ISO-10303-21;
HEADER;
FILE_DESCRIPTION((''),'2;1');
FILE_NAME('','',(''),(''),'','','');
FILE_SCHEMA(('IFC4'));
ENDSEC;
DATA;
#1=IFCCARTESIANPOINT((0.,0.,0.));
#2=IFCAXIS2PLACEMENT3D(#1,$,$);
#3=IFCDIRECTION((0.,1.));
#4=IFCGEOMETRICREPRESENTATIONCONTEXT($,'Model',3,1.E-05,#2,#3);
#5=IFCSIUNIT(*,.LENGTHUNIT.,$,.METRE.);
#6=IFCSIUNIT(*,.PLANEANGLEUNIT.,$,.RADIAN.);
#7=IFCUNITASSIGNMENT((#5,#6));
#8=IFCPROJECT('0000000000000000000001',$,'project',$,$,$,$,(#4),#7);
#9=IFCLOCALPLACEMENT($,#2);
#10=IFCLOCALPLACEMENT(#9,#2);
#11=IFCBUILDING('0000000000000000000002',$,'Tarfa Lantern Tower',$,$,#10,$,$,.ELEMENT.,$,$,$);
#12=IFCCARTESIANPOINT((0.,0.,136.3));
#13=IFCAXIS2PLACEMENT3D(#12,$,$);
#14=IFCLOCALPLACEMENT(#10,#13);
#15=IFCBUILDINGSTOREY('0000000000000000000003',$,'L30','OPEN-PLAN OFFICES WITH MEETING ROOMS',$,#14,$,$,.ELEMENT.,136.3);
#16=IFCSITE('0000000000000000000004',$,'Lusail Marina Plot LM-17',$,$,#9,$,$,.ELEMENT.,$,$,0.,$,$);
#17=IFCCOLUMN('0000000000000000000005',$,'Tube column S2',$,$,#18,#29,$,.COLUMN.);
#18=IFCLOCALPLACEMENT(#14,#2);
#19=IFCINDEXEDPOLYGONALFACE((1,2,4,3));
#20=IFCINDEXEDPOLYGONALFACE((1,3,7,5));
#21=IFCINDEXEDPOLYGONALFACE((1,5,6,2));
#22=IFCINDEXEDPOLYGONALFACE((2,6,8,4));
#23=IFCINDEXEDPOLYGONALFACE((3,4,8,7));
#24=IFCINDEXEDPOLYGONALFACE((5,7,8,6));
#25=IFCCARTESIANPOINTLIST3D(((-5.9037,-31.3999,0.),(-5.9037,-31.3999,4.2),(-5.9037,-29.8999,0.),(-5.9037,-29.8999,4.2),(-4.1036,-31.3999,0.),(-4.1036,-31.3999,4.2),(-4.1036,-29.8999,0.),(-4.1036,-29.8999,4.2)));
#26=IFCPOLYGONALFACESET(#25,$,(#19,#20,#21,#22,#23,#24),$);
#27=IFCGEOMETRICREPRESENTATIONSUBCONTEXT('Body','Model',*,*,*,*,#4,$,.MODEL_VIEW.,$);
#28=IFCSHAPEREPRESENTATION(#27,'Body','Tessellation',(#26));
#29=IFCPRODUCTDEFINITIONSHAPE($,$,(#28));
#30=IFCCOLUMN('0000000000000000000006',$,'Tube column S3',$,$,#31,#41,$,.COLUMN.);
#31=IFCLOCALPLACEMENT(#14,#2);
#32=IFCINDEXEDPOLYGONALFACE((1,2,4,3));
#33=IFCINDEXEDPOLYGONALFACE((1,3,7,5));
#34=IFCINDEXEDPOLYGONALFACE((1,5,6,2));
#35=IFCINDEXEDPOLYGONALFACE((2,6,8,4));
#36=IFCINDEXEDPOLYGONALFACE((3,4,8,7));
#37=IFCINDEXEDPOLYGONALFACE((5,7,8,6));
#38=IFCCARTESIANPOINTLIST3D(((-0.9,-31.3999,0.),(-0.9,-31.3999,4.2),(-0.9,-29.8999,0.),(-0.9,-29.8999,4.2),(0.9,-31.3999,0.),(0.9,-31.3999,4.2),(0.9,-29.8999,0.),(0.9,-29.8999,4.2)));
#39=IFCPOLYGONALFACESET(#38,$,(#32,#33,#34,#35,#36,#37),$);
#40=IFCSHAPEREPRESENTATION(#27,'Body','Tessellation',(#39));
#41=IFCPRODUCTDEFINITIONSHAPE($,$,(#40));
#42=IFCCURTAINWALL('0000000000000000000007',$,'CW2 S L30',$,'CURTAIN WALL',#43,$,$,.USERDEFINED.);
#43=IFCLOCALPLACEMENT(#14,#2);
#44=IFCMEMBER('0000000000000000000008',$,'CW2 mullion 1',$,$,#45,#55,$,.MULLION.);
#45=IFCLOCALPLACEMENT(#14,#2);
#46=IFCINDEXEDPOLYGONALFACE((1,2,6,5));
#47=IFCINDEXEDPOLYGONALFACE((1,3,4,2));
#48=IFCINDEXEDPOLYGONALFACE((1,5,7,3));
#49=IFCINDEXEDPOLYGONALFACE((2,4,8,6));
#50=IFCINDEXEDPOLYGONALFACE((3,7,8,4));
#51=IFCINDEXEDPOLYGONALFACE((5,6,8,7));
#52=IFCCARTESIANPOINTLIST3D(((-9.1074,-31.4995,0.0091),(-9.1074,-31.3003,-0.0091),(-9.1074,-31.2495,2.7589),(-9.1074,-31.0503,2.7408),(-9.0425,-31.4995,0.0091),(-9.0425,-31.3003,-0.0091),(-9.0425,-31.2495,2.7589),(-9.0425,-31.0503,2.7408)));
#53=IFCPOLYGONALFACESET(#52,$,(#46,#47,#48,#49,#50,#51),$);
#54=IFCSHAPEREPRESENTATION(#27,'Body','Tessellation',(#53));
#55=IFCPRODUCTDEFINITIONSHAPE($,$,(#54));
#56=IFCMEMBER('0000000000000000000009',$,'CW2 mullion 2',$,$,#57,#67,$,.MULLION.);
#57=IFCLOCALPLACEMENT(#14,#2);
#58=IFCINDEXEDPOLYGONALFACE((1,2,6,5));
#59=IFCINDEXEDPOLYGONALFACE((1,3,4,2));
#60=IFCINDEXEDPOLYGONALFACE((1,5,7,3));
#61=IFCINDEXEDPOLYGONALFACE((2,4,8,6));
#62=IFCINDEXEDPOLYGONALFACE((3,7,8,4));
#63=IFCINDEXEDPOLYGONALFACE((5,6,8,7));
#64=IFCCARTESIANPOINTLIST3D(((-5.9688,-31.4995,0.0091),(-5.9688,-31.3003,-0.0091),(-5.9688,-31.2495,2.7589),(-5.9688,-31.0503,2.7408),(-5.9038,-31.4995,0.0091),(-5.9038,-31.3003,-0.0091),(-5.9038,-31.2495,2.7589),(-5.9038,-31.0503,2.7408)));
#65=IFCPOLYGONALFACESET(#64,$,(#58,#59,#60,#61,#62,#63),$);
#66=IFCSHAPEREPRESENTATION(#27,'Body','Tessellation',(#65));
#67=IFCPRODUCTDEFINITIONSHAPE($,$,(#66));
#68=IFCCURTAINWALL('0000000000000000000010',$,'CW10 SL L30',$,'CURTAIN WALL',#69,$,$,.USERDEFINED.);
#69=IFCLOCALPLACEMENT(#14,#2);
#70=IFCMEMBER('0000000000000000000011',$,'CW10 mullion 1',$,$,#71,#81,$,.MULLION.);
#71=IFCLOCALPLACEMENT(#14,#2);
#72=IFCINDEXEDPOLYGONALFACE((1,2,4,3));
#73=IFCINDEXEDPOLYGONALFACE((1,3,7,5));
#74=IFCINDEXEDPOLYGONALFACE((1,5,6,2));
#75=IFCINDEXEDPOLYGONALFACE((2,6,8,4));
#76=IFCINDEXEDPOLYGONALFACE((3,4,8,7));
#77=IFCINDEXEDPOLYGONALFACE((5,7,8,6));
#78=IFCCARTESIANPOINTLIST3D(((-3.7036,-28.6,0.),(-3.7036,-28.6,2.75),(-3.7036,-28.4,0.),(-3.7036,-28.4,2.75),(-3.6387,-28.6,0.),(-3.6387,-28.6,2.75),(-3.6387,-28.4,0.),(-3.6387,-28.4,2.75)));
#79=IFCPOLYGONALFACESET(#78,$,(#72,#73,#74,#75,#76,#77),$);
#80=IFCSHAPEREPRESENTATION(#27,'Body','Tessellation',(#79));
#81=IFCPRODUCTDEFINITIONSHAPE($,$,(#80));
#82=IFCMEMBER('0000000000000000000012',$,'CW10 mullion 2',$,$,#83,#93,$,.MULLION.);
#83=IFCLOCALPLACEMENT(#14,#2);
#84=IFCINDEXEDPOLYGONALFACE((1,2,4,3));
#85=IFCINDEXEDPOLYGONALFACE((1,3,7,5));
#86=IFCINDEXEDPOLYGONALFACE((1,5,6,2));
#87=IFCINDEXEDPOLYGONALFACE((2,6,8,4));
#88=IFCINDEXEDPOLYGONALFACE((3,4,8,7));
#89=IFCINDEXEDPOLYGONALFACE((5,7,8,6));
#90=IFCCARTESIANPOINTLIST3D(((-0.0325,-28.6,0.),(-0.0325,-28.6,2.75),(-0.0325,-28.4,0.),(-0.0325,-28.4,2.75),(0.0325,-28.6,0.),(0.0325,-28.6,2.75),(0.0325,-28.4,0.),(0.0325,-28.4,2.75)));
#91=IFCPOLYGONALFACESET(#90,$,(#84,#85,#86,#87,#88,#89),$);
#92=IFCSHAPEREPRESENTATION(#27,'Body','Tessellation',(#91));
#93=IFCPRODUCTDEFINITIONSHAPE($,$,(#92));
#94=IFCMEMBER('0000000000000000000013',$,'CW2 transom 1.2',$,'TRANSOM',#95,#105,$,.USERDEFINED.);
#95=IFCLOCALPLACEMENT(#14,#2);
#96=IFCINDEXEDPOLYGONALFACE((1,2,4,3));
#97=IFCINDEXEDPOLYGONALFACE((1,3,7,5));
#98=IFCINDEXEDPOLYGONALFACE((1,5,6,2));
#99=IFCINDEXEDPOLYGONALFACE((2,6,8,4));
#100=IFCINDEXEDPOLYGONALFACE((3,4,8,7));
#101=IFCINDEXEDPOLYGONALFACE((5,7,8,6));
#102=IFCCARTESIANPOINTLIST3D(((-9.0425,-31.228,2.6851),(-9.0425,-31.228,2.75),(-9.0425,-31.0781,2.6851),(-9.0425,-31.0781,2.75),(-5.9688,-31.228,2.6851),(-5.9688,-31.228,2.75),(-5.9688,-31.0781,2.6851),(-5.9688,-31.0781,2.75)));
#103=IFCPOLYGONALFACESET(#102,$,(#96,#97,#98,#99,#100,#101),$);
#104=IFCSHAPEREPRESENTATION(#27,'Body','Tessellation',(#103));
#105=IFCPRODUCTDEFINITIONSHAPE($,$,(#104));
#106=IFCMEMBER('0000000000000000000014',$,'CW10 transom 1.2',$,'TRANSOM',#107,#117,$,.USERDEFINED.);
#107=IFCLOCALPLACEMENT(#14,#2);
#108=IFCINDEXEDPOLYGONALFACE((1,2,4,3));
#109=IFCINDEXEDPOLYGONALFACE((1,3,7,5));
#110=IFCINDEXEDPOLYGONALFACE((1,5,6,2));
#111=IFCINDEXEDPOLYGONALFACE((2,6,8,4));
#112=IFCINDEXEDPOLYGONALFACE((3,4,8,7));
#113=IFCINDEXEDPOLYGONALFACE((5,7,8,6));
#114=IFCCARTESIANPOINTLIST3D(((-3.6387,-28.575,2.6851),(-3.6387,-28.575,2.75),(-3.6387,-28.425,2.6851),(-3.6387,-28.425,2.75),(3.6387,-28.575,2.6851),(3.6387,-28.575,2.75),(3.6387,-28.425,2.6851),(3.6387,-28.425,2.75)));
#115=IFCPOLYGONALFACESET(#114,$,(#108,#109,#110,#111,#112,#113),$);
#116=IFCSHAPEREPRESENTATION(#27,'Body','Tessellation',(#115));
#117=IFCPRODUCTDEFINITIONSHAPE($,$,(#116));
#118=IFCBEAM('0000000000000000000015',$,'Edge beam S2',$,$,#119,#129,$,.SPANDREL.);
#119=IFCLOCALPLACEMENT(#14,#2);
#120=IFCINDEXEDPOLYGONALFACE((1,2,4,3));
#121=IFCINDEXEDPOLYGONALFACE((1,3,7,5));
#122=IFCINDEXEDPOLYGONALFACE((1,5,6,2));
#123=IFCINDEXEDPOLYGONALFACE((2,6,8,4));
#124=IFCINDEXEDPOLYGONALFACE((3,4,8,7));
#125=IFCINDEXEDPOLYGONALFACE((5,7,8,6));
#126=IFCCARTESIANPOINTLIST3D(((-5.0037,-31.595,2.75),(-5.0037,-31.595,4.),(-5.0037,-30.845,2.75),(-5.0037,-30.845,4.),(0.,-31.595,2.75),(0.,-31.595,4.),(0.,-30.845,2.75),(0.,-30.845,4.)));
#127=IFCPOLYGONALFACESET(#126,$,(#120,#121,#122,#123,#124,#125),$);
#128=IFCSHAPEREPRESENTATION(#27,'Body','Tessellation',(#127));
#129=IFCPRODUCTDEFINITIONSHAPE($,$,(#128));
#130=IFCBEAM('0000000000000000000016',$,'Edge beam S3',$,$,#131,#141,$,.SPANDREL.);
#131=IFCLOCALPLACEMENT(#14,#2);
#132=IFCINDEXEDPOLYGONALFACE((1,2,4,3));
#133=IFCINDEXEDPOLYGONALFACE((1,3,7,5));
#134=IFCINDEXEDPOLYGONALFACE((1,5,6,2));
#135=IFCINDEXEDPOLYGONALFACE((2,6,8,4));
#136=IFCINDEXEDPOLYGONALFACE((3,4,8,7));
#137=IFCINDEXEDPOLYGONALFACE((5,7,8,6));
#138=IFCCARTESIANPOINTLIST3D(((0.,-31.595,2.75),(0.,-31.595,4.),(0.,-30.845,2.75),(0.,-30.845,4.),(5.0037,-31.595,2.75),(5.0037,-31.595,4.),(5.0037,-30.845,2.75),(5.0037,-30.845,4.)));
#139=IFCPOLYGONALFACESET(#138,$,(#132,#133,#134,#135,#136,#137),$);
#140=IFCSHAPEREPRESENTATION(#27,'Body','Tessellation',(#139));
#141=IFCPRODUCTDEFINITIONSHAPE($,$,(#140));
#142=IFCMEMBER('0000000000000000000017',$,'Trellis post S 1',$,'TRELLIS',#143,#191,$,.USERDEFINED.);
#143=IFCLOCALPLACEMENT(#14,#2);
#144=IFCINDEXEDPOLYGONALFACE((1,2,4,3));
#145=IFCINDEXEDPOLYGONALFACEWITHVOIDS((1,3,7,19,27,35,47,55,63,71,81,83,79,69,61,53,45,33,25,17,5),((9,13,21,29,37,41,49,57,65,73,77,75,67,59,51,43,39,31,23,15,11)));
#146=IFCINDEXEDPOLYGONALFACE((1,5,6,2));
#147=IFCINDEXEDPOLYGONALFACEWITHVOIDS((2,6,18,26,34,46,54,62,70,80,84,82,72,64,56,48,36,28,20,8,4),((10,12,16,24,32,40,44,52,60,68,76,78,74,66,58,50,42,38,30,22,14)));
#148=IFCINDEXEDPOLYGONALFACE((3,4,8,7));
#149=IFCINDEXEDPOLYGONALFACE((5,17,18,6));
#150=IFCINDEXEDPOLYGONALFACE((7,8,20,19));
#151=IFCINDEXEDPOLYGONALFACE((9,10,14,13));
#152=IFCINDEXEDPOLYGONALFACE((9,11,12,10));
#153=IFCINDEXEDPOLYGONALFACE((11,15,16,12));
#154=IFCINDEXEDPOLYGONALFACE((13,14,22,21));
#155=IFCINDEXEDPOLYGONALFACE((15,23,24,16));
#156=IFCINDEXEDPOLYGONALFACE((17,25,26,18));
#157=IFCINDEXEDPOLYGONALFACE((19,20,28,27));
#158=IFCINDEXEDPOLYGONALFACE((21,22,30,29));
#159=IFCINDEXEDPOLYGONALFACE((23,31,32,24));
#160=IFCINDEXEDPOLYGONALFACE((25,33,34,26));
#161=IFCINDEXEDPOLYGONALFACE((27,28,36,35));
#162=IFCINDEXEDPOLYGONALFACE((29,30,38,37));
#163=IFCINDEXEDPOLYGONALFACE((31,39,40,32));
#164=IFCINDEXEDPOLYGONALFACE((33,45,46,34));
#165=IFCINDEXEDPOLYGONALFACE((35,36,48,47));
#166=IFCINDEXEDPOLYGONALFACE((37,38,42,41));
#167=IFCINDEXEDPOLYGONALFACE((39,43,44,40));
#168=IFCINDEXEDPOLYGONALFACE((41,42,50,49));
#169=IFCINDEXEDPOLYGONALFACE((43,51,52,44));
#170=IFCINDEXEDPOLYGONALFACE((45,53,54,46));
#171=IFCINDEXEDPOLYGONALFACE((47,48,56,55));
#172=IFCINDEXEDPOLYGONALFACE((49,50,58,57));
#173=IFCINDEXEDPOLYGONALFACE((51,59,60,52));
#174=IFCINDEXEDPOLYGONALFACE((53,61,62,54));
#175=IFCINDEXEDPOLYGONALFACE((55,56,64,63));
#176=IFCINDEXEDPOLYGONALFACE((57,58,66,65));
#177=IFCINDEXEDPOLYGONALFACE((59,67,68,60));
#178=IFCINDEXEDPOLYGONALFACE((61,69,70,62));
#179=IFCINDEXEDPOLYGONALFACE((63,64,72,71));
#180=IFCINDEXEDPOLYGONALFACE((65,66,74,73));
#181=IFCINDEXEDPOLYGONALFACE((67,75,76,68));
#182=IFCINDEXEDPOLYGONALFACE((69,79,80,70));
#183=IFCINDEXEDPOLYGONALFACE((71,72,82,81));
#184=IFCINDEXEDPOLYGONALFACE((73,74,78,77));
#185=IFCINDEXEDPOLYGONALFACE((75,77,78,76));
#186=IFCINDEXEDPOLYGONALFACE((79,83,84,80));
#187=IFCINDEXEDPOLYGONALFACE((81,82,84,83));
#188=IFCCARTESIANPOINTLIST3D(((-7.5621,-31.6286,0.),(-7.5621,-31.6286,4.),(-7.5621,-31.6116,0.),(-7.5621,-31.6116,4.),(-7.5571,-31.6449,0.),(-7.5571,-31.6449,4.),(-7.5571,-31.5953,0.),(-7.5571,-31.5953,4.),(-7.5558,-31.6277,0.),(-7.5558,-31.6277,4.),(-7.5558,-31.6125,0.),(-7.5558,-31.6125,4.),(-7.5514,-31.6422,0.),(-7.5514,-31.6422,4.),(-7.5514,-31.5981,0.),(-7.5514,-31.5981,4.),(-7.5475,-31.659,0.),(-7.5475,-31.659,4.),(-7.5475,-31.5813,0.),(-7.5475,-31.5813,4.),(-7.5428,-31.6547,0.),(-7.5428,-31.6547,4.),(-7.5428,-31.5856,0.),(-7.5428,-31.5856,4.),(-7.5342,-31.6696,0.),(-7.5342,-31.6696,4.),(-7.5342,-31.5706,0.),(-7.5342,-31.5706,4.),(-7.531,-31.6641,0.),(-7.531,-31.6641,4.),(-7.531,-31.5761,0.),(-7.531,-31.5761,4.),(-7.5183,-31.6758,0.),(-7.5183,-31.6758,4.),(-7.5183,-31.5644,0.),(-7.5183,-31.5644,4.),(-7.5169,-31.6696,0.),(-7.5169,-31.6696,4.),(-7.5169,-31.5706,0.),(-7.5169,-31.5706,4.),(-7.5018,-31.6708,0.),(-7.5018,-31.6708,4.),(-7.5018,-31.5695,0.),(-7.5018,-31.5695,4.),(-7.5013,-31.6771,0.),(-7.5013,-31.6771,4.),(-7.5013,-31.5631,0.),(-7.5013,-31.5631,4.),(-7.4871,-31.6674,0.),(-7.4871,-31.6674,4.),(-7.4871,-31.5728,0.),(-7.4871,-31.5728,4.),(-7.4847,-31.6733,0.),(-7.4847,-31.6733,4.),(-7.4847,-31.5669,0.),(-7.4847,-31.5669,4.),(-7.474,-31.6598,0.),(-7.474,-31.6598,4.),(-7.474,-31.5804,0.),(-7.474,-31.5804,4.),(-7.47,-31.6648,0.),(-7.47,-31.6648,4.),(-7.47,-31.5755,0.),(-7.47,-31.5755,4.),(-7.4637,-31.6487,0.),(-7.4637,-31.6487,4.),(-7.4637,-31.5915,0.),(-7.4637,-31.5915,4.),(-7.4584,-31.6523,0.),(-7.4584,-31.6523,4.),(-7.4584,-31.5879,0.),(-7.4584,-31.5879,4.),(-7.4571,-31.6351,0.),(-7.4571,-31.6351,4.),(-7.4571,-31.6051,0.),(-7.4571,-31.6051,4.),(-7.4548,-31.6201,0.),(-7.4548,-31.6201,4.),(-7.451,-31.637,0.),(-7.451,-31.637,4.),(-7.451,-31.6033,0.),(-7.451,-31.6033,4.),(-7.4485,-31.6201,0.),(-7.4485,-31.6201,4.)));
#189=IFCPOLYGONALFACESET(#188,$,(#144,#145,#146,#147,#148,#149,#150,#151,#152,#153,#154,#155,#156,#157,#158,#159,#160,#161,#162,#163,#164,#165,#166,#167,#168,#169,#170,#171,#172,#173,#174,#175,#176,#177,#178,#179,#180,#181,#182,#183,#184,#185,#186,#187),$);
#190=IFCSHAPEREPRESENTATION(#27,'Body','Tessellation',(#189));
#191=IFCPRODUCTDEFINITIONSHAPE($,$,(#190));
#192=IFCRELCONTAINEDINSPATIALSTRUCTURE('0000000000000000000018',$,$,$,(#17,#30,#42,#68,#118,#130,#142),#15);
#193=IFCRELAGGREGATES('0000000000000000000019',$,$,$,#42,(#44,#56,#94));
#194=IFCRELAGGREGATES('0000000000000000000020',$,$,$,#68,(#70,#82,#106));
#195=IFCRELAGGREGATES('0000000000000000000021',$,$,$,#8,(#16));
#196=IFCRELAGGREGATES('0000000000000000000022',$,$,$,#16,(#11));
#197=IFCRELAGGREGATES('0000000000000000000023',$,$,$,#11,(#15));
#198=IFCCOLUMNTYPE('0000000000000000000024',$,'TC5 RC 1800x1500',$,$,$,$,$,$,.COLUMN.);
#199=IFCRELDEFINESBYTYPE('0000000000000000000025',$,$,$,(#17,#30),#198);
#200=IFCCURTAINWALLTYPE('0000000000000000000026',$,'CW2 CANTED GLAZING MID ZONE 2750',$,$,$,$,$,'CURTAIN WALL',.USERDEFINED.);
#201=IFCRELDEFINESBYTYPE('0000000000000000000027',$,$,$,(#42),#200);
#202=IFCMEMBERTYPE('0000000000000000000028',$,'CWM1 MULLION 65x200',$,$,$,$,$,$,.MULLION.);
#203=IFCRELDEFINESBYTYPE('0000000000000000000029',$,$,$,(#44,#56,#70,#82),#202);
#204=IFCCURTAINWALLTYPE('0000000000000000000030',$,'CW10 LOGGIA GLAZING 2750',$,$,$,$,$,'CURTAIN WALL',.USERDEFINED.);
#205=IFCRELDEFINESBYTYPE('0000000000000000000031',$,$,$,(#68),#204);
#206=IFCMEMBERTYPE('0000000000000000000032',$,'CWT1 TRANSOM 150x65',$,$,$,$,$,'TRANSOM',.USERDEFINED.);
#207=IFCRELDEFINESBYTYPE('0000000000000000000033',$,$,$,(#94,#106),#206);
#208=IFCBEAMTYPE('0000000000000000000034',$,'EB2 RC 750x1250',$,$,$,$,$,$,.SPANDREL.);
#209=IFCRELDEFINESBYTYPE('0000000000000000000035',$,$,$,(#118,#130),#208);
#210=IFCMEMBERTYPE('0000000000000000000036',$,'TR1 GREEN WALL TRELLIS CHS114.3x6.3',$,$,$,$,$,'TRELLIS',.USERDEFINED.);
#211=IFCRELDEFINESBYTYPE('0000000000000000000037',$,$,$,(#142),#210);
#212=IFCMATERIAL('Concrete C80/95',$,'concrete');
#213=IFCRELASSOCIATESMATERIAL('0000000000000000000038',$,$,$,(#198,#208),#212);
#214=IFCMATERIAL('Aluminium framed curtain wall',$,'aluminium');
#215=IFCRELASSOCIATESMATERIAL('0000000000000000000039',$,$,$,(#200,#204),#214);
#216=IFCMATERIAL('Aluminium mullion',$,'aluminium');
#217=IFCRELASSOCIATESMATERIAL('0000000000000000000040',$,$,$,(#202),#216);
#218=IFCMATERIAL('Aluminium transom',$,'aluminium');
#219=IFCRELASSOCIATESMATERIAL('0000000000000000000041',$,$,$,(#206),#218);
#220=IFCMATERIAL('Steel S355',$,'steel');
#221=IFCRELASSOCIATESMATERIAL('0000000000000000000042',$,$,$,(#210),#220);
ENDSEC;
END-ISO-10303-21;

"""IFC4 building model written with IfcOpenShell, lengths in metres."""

from ifc_helpers import new_model, si_unit, direction, frame, origin, origin_2d, place, context, subcontext, project, spatial, rectangle, hollow_circle, extrude, material, material_profile, profile_set, type_object, element, aggregate, save


model = new_model("IFC4")

# Units and contexts
model_context = context("Model", 3, precision=1e-05, world=origin(), true_north=direction((0.0, 1.0)))
body_context = subcontext(model_context, "Body", "Model", "MODEL_VIEW")
ifc_project = project(units=[si_unit("LENGTHUNIT", "METRE"), si_unit("PLANEANGLEUNIT", "RADIAN")], contexts=[model_context])

# Site, building, storey
site_placement = place(None, origin())
site = spatial("IfcSite", under=ifc_project, at=site_placement, Name="Lusail Marina Plot LM-17", CompositionType="ELEMENT", RefElevation=0.0)
building_placement = place(site_placement, origin())
building = spatial("IfcBuilding", under=site, at=building_placement, Name="Tarfa Lantern Tower", CompositionType="ELEMENT")
storey_placement = place(building_placement, frame((0.0, 0.0, 136.3)))
storey = spatial("IfcBuildingStorey", under=building, at=storey_placement, Name="L30", Description="OPEN-PLAN OFFICES WITH MEETING ROOMS", CompositionType="ELEMENT", Elevation=136.3)

# Columns
ifc_material_1 = material(Name="Concrete C80/95", Category="concrete")
ifc_material_profile_1 = material_profile(ifc_material_1, rectangle(XDim=1.8, YDim=1.5, at=origin_2d()), Name="RC 1800x1500")
ifc_profile_set_1 = profile_set([ifc_material_profile_1], Name="Concrete C80/95")
column_type = type_object("IfcColumnType", Name="TC5 RC 1800x1500", PredefinedType="COLUMN", material=ifc_profile_set_1)
for number, where, z_axis, x_axis, name in (
    (1, (-5.0037, -30.6499, 0.0), (0.0, 0.0, 1.0), (1.0, 0.0, 0.0), "Tube column S2"),
    (2, (0.0, -30.6499, 0.0), (0.0, 0.0, 1.0), (1.0, 0.0, 0.0), "Tube column S3"),
):
    element("IfcColumn", number, at=place(storey_placement, frame(where, z_axis=z_axis, x_axis=x_axis)), inside=storey, type_object=column_type, Name=name, PredefinedType="COLUMN", context=body_context, shape_type="SweptSolid", body=[
        extrude(rectangle(XDim=1.8, YDim=1.5, at=origin_2d()), origin(), (0.0, 0.0, 1.0), 4.2),
    ])

# Curtain walls, members
ifc_material_2 = material(Name="Aluminium framed curtain wall", Category="aluminium")
curtain_wall_type_1 = type_object("IfcCurtainWallType", Name="CW2 CANTED GLAZING MID ZONE 2750", ElementType="CURTAIN WALL", PredefinedType="USERDEFINED", material=ifc_material_2)
curtain_wall_1_placement = place(storey_placement, origin())
curtain_wall_1 = element("IfcCurtainWall", 3, at=curtain_wall_1_placement, inside=storey, type_object=curtain_wall_type_1, Name="CW2 S L30", ObjectType="CURTAIN WALL", PredefinedType="USERDEFINED")
ifc_material_3 = material(Name="Aluminium mullion", Category="aluminium")
ifc_material_profile_2 = material_profile(ifc_material_3, rectangle(XDim=0.0649, YDim=0.2, at=origin_2d()), Name="AL MULLION 65x200")
ifc_profile_set_2 = profile_set([ifc_material_profile_2], Name="Aluminium mullion")
member_type_1 = type_object("IfcMemberType", Name="CWM1 MULLION 65x200", PredefinedType="MULLION", material=ifc_profile_set_2)
member_1_placement = place(storey_placement, frame((-9.075, -31.3999, 0.0), z_axis=(0.0, 0.090536, 0.995893), x_axis=(-1.0, 0.0, 0.0)))
member_1 = element("IfcMember", 4, at=member_1_placement, type_object=member_type_1, Name="CW2 mullion 1", PredefinedType="MULLION", context=body_context, shape_type="SweptSolid", body=[
    extrude(rectangle(XDim=0.0649, YDim=0.2, at=origin_2d()), origin(), (0.0, 0.0, 1.0), 2.7612),
])
member_2_placement = place(storey_placement, frame((-5.9363, -31.3999, 0.0), z_axis=(0.0, 0.090536, 0.995893), x_axis=(-1.0, 0.0, 0.0)))
member_2 = element("IfcMember", 5, at=member_2_placement, type_object=member_type_1, Name="CW2 mullion 2", PredefinedType="MULLION", context=body_context, shape_type="SweptSolid", body=[
    extrude(rectangle(XDim=0.0649, YDim=0.2, at=origin_2d()), origin(), (0.0, 0.0, 1.0), 2.7612),
])
curtain_wall_type_2 = type_object("IfcCurtainWallType", Name="CW10 LOGGIA GLAZING 2750", ElementType="CURTAIN WALL", PredefinedType="USERDEFINED", material=ifc_material_2)
curtain_wall_2_placement = place(storey_placement, origin())
curtain_wall_2 = element("IfcCurtainWall", 6, at=curtain_wall_2_placement, inside=storey, type_object=curtain_wall_type_2, Name="CW10 SL L30", ObjectType="CURTAIN WALL", PredefinedType="USERDEFINED")
member_3_placement = place(storey_placement, frame((-3.6711, -28.5, 0.0), z_axis=(0.0, 0.0, 1.0), x_axis=(1.0, 0.0, 0.0)))
member_3 = element("IfcMember", 7, at=member_3_placement, type_object=member_type_1, Name="CW10 mullion 1", PredefinedType="MULLION", context=body_context, shape_type="SweptSolid", body=[
    extrude(rectangle(XDim=0.0649, YDim=0.2, at=origin_2d()), origin(), (0.0, 0.0, 1.0), 2.75),
])
member_4_placement = place(storey_placement, frame((0.0, -28.5, 0.0), z_axis=(0.0, 0.0, 1.0), x_axis=(1.0, 0.0, 0.0)))
member_4 = element("IfcMember", 8, at=member_4_placement, type_object=member_type_1, Name="CW10 mullion 2", PredefinedType="MULLION", context=body_context, shape_type="SweptSolid", body=[
    extrude(rectangle(XDim=0.0649, YDim=0.2, at=origin_2d()), origin(), (0.0, 0.0, 1.0), 2.75),
])

# Members
ifc_material_4 = material(Name="Aluminium transom", Category="aluminium")
ifc_material_profile_3 = material_profile(ifc_material_4, rectangle(XDim=0.1499, YDim=0.0649, at=origin_2d()), Name="AL TRANSOM 150x65")
ifc_profile_set_3 = profile_set([ifc_material_profile_3], Name="Aluminium transom")
member_type_2 = type_object("IfcMemberType", Name="CWT1 TRANSOM 150x65", ElementType="TRANSOM", PredefinedType="USERDEFINED", material=ifc_profile_set_3)
member_5_placement = place(storey_placement, frame((-9.0425, -31.1531, 2.7175), z_axis=(1.0, 0.0, 0.0), x_axis=(0.0, 1.0, 0.0)))
member_5 = element("IfcMember", 9, at=member_5_placement, type_object=member_type_2, Name="CW2 transom 1.2", ObjectType="TRANSOM", PredefinedType="USERDEFINED", context=body_context, shape_type="SweptSolid", body=[
    extrude(rectangle(XDim=0.1499, YDim=0.0649, at=origin_2d()), origin(), (0.0, 0.0, 1.0), 3.0737),
])
member_6_placement = place(storey_placement, frame((-3.6387, -28.5, 2.7175), z_axis=(1.0, 0.0, 0.0), x_axis=(0.0, 1.0, 0.0)))
member_6 = element("IfcMember", 10, at=member_6_placement, type_object=member_type_2, Name="CW10 transom 1.2", ObjectType="TRANSOM", PredefinedType="USERDEFINED", context=body_context, shape_type="SweptSolid", body=[
    extrude(rectangle(XDim=0.1499, YDim=0.0649, at=origin_2d()), origin(), (0.0, 0.0, 1.0), 7.2773),
])

# Beams
ifc_material_profile_4 = material_profile(ifc_material_1, rectangle(XDim=0.75, YDim=1.25, at=origin_2d()), Name="RC 750x1250")
ifc_profile_set_4 = profile_set([ifc_material_profile_4], Name="Concrete C80/95")
beam_type_1 = type_object("IfcBeamType", Name="EB2 RC 750x1250", PredefinedType="SPANDREL", material=ifc_profile_set_4)
for number, where, z_axis, x_axis, name in (
    (11, (-5.0037, -31.22, 3.375), (1.0, 0.0, 0.0), (0.0, 1.0, 0.0), "Edge beam S2"),
    (12, (0.0, -31.22, 3.375), (1.0, 0.0, 0.0), (0.0, 1.0, 0.0), "Edge beam S3"),
):
    element("IfcBeam", number, at=place(storey_placement, frame(where, z_axis=z_axis, x_axis=x_axis)), inside=storey, type_object=beam_type_1, Name=name, PredefinedType="SPANDREL", context=body_context, shape_type="SweptSolid", body=[
        extrude(rectangle(XDim=0.75, YDim=1.25, at=origin_2d()), origin(), (0.0, 0.0, 1.0), 5.0037),
    ])

# Member
ifc_material_5 = material(Name="Steel S355", Category="steel")
ifc_material_profile_5 = material_profile(ifc_material_5, hollow_circle(Radius=0.0571, WallThickness=0.0063, at=origin_2d()), Name="CHS114.3x6.3")
ifc_profile_set_5 = profile_set([ifc_material_profile_5], Name="Steel S355")
member_type_3 = type_object("IfcMemberType", Name="TR1 GREEN WALL TRELLIS CHS114.3x6.3", ElementType="TRELLIS", PredefinedType="USERDEFINED", material=ifc_profile_set_5)
member_7_placement = place(storey_placement, frame((-7.5056, -31.6201, 0.0), z_axis=(0.0, 0.0, 1.0), x_axis=(1.0, 0.0, 0.0)))
element("IfcMember", 13, at=member_7_placement, inside=storey, type_object=member_type_3, Name="Trellis post S 1", ObjectType="TRELLIS", PredefinedType="USERDEFINED", context=body_context, shape_type="SweptSolid", body=[
    extrude(hollow_circle(Radius=0.0571, WallThickness=0.0063, at=origin_2d()), origin(), (0.0, 0.0, 1.0), 4.0),
])

aggregate(curtain_wall_1, [member_1, member_2, member_5])
aggregate(curtain_wall_2, [member_3, member_4, member_6])

save(model, "model.ifc")
